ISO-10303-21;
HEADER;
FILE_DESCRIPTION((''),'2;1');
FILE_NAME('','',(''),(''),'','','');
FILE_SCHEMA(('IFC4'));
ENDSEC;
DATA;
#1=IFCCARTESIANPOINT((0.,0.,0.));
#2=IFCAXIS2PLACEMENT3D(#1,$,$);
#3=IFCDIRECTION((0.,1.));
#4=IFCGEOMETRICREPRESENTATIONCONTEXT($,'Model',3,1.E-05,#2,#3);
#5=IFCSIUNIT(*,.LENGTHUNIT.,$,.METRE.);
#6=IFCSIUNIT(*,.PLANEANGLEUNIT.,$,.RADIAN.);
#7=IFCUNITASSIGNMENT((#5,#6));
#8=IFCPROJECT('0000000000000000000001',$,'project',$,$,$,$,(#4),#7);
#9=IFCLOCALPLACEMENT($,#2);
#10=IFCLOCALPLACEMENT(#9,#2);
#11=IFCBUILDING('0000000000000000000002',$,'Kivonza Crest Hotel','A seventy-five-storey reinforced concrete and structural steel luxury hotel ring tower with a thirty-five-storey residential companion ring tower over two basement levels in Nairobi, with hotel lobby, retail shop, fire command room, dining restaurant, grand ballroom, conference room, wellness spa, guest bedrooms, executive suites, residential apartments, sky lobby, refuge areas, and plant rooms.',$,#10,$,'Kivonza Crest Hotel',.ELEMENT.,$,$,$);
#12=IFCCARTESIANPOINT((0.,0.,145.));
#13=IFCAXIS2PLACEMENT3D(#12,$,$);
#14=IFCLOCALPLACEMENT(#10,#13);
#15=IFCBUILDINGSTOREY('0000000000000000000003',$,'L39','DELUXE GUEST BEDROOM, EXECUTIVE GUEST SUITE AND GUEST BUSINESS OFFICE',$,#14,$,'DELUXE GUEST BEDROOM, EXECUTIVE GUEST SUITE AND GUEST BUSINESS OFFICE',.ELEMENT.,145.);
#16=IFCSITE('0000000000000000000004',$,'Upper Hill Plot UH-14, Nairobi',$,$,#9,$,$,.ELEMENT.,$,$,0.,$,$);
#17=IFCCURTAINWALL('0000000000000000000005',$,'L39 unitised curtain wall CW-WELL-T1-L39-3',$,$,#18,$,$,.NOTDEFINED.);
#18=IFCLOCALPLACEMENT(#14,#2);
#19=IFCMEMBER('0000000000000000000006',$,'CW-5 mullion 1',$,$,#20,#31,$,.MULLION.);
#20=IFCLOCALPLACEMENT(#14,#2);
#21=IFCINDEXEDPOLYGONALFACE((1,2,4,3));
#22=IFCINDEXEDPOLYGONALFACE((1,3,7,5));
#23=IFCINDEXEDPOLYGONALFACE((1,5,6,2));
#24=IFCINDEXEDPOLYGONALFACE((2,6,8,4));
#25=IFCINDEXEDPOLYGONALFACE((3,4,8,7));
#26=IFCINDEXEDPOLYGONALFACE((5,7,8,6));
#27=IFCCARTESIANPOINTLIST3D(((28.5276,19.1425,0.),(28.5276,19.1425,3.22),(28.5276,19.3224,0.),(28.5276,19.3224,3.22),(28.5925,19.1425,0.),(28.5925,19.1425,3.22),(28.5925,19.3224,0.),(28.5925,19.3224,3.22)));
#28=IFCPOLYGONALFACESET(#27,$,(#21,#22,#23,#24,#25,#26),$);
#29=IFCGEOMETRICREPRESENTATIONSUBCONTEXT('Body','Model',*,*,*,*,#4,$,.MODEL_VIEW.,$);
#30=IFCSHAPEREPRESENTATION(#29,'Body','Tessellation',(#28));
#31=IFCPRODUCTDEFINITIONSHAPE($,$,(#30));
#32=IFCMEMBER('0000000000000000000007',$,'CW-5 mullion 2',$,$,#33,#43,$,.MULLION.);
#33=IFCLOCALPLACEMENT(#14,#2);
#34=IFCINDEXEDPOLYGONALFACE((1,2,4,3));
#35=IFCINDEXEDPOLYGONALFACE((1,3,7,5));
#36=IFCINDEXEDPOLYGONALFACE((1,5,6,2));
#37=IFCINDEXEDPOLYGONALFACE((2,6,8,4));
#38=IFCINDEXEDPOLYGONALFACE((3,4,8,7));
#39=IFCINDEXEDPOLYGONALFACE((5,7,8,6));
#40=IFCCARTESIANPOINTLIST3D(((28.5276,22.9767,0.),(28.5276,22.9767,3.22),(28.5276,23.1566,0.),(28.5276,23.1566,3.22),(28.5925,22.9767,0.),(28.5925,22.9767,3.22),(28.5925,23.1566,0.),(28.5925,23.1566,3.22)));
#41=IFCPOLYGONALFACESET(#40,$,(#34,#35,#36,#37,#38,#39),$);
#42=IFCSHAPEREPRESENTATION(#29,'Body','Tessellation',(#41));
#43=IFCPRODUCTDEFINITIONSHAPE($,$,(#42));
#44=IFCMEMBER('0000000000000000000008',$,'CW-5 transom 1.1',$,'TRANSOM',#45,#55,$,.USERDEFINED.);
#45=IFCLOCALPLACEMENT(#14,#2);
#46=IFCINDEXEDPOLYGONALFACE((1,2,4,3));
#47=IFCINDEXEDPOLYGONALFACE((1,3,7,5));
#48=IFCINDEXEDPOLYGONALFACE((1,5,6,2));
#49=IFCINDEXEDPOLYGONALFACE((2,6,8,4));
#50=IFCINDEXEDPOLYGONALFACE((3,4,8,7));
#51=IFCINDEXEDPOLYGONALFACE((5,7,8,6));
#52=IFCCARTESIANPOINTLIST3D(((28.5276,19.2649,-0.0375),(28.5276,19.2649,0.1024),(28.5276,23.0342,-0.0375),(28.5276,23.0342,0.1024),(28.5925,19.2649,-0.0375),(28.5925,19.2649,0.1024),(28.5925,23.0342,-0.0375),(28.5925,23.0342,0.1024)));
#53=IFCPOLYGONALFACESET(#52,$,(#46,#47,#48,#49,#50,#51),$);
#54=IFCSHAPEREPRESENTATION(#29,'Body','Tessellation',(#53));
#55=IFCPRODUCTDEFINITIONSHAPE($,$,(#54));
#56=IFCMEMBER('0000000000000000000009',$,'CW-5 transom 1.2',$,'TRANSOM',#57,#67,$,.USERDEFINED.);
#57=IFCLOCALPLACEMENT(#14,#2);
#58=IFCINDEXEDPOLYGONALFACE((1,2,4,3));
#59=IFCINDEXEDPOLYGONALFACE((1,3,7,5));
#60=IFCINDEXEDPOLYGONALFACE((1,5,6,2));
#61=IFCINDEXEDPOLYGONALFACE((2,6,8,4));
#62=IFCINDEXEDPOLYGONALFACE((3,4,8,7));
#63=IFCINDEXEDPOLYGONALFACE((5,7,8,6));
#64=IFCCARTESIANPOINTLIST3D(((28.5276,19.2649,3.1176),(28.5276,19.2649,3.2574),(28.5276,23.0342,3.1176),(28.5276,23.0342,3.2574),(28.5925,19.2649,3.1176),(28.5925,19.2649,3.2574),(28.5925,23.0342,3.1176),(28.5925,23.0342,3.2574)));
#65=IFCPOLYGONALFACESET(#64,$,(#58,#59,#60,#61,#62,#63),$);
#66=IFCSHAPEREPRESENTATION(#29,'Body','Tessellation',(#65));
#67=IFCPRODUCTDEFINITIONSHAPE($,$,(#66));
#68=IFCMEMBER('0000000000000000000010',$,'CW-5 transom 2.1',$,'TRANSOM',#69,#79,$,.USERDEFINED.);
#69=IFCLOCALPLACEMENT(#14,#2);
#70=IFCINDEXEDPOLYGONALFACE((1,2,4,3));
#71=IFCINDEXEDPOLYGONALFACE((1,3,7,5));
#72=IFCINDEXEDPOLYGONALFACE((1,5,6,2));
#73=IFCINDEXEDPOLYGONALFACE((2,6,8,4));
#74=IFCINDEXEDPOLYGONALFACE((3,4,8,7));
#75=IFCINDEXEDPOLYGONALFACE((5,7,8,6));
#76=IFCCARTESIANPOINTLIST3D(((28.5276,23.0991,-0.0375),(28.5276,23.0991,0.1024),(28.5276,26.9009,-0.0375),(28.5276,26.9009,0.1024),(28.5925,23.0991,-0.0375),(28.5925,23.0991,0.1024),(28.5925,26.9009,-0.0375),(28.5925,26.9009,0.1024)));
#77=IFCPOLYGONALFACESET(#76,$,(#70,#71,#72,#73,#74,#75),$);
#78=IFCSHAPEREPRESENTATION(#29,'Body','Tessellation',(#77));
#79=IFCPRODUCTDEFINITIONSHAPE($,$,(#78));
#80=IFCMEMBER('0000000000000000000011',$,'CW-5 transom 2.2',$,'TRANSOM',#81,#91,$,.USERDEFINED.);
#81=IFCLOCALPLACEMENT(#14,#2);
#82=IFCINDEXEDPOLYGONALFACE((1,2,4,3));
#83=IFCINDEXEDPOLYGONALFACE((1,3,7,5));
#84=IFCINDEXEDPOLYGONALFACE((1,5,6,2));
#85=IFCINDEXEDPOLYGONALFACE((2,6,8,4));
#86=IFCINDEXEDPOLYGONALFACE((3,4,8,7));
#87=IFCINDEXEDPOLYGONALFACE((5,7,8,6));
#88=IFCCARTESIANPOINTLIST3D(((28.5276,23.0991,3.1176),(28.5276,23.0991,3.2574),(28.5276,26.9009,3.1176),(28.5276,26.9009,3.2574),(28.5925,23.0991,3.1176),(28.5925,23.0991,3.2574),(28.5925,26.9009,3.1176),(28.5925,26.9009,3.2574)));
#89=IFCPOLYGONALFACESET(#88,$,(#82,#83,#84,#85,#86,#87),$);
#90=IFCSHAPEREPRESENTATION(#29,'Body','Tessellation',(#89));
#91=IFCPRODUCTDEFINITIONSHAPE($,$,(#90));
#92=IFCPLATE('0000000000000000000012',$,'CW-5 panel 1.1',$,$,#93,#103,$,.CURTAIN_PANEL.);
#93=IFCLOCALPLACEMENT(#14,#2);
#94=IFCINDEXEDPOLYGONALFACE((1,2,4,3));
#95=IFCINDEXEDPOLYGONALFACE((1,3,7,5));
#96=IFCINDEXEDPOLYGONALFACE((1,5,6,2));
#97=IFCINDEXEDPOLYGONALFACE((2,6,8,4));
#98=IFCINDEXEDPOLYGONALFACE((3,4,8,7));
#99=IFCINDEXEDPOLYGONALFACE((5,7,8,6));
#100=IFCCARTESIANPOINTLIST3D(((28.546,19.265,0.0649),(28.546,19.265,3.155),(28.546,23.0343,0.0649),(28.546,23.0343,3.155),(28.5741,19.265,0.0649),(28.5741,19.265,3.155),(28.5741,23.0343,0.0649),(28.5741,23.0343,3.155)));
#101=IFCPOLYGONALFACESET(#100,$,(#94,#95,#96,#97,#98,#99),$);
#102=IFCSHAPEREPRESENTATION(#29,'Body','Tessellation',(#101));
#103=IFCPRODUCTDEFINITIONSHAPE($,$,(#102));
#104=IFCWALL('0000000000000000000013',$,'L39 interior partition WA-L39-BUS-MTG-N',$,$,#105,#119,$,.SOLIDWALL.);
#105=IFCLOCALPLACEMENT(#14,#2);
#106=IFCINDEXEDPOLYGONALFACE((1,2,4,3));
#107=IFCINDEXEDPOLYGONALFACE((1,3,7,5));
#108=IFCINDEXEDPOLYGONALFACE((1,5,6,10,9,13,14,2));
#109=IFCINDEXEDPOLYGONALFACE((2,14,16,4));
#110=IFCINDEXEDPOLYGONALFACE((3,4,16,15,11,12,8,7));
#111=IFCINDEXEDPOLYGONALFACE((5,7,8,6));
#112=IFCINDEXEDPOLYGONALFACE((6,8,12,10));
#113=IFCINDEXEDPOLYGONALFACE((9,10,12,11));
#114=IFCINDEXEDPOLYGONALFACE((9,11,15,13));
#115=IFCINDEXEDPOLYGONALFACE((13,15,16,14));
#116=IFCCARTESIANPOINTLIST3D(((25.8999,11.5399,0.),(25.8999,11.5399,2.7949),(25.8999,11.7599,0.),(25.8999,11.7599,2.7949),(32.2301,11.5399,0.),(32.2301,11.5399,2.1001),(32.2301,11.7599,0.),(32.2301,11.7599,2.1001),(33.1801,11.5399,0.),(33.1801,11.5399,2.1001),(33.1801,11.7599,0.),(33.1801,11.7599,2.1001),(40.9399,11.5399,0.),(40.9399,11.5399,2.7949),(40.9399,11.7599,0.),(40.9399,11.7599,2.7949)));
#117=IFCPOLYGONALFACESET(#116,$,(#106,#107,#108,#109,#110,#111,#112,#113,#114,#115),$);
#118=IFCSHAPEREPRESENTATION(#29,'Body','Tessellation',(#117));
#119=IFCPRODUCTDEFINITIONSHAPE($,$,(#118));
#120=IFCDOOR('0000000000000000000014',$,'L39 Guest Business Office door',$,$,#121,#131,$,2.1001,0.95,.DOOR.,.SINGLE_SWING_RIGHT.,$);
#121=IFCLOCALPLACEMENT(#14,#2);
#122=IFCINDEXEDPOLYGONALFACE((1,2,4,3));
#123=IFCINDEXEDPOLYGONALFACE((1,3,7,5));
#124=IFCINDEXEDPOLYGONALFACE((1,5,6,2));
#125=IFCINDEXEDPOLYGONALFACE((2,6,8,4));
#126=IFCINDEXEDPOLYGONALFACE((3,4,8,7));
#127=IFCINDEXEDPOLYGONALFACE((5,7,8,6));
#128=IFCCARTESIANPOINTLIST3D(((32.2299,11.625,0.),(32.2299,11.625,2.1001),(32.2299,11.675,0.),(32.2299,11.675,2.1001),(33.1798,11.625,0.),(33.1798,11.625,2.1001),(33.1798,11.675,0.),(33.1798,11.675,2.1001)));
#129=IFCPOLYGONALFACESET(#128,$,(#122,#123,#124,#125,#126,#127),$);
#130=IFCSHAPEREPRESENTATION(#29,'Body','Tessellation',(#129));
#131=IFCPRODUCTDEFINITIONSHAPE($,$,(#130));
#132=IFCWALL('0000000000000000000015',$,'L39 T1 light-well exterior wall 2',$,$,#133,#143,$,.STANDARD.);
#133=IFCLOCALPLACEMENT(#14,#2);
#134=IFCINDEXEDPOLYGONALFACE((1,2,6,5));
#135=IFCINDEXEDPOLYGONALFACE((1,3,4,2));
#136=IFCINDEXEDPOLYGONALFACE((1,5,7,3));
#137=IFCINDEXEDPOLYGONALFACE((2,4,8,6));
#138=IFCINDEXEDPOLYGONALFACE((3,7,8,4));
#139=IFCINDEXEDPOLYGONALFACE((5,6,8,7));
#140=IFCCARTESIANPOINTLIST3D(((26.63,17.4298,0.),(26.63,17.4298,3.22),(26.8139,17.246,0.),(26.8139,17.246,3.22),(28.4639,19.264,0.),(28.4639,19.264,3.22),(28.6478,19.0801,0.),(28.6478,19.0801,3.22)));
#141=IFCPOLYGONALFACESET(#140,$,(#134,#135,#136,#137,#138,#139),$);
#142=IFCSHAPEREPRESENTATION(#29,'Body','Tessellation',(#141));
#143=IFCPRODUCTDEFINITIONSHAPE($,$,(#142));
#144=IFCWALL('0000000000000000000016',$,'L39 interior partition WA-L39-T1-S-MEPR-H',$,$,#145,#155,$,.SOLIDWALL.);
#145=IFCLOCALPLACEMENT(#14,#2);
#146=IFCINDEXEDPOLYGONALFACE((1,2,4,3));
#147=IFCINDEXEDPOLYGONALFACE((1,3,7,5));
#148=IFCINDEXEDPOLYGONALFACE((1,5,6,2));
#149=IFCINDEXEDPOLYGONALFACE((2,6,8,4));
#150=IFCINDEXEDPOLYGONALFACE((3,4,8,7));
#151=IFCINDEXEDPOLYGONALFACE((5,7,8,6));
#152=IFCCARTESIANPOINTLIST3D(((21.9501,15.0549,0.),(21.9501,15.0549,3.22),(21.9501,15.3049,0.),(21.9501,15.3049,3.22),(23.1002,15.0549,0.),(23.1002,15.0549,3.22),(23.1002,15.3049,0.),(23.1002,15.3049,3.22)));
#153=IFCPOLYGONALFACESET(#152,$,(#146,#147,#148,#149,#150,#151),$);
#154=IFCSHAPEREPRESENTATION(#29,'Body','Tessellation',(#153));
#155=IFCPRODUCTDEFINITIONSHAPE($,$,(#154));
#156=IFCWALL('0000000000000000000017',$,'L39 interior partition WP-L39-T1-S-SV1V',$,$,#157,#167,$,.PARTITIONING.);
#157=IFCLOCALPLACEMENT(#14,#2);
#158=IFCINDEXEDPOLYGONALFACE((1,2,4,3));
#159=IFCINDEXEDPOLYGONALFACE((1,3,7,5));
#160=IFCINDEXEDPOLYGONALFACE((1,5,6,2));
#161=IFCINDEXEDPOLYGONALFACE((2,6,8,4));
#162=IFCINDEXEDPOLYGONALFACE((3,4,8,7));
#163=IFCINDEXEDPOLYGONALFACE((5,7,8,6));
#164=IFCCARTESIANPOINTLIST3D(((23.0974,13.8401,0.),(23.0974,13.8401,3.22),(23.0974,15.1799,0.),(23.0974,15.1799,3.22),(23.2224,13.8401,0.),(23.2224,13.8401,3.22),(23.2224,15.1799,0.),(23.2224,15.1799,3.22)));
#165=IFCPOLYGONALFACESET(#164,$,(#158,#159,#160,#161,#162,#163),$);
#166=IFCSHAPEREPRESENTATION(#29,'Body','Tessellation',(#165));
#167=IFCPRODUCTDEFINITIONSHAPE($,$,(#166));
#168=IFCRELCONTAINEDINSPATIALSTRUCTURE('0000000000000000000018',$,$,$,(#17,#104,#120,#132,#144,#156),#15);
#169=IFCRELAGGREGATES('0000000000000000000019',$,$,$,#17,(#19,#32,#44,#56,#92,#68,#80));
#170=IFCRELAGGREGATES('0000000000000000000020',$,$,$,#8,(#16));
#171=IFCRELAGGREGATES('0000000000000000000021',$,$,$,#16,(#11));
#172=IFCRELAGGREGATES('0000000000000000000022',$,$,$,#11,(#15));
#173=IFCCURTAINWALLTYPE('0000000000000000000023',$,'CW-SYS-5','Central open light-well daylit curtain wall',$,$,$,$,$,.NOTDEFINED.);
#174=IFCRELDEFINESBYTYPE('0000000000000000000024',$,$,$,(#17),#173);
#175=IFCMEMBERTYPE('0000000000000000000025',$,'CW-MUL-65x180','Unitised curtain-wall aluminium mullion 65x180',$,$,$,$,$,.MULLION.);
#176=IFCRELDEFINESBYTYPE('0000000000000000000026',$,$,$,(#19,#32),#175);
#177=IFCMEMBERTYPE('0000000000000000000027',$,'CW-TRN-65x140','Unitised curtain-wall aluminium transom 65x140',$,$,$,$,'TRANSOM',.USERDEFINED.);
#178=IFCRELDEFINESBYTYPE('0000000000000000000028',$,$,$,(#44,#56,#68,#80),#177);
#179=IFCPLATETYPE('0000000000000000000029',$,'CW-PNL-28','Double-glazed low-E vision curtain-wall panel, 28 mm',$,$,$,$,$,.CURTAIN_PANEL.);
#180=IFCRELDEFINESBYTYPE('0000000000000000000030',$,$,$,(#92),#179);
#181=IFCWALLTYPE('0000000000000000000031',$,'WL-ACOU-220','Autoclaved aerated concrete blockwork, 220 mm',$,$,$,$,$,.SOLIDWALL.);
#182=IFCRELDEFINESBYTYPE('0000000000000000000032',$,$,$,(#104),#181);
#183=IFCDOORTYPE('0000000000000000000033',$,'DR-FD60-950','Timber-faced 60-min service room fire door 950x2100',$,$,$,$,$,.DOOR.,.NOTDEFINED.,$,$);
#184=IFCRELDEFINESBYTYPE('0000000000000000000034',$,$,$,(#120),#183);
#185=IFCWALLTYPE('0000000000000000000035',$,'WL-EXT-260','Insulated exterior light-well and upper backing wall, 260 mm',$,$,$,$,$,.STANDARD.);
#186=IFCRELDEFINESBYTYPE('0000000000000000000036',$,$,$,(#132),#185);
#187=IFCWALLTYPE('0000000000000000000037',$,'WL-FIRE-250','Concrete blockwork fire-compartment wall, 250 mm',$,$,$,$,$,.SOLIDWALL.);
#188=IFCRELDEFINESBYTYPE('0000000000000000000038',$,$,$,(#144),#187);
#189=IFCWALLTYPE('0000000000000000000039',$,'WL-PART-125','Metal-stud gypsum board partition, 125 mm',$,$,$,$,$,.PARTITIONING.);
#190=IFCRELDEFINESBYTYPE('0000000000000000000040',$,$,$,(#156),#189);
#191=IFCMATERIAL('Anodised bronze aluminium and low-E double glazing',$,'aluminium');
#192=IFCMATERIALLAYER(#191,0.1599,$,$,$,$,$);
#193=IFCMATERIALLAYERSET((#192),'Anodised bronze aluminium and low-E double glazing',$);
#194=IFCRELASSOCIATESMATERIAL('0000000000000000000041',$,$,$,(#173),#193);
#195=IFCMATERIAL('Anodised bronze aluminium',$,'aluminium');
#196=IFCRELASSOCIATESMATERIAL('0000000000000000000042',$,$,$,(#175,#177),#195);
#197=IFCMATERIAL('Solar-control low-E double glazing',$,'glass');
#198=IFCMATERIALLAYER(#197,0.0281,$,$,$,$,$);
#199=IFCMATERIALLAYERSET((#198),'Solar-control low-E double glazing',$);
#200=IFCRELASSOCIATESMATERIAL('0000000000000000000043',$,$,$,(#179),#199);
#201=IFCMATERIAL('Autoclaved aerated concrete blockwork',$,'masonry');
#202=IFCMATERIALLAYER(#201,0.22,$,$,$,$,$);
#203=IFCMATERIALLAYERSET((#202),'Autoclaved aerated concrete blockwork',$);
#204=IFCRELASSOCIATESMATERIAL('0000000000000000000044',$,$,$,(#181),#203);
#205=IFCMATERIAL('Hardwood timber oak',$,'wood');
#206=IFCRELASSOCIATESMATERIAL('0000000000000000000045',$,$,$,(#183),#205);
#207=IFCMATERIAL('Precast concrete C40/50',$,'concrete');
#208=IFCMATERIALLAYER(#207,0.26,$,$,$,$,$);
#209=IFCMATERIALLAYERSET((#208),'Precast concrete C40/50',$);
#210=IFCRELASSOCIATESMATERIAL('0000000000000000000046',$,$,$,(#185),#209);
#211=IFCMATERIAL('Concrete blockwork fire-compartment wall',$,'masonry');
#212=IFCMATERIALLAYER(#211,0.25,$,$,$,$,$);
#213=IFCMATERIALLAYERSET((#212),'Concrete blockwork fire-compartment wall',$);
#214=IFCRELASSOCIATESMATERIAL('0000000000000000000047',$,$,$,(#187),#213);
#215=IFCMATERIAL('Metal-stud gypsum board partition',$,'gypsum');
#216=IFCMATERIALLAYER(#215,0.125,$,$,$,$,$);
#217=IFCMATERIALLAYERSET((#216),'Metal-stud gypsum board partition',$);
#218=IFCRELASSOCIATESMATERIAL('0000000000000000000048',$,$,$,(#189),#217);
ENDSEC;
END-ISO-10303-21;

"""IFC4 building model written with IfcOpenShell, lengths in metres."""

from ifc_helpers import new_model, si_unit, direction, frame, frame_2d, origin, origin_2d, place, context, subcontext, project, spatial, rectangle, extrude, material, layer, layer_set, material_profile, profile_set, type_object, element, fill, aggregate, save


model = new_model("IFC4")

# Units and contexts
model_context = context("Model", 3, precision=1e-05, world=origin(), true_north=direction((0.0, 1.0)))
body_context = subcontext(model_context, "Body", "Model", "MODEL_VIEW")
ifc_project = project(units=[si_unit("LENGTHUNIT", "METRE"), si_unit("PLANEANGLEUNIT", "RADIAN")], contexts=[model_context])

# Site, building, storey
site_placement = place(None, origin())
site = spatial("IfcSite", under=ifc_project, at=site_placement, Name="Upper Hill Plot UH-14, Nairobi", CompositionType="ELEMENT", RefElevation=0.0)
building_placement = place(site_placement, origin())
building = spatial("IfcBuilding", under=site, at=building_placement, Name="Kivonza Crest Hotel", Description="A seventy-five-storey reinforced concrete and structural steel luxury hotel ring tower with a thirty-five-storey residential companion ring tower over two basement levels in Nairobi, with hotel lobby, retail shop, fire command room, dining restaurant, grand ballroom, conference room, wellness spa, guest bedrooms, executive suites, residential apartments, sky lobby, refuge areas, and plant rooms.", LongName="Kivonza Crest Hotel", CompositionType="ELEMENT")
storey_placement = place(building_placement, frame((0.0, 0.0, 145.0)))
storey = spatial("IfcBuildingStorey", under=building, at=storey_placement, Name="L39", Description="DELUXE GUEST BEDROOM, EXECUTIVE GUEST SUITE AND GUEST BUSINESS OFFICE", LongName="DELUXE GUEST BEDROOM, EXECUTIVE GUEST SUITE AND GUEST BUSINESS OFFICE", CompositionType="ELEMENT", Elevation=145.0)

# Curtain wall, members, plate
ifc_material_1 = material(Name="Anodised bronze aluminium and low-E double glazing", Category="aluminium")
ifc_layer_1 = layer(ifc_material_1, 0.1599)
ifc_layer_set_1 = layer_set([ifc_layer_1], Name="Anodised bronze aluminium and low-E double glazing")
curtain_wall_type = type_object("IfcCurtainWallType", Name="CW-SYS-5", Description="Central open light-well daylit curtain wall", PredefinedType="NOTDEFINED", material=ifc_layer_set_1)
curtain_wall_placement = place(storey_placement, origin())
curtain_wall = element("IfcCurtainWall", 1, at=curtain_wall_placement, inside=storey, type_object=curtain_wall_type, Name="L39 unitised curtain wall CW-WELL-T1-L39-3", PredefinedType="NOTDEFINED")
ifc_material_2 = material(Name="Anodised bronze aluminium", Category="aluminium")
ifc_material_profile_1 = material_profile(ifc_material_2, rectangle(XDim=0.0649, YDim=0.1799, at=origin_2d()), Name="CW-M 65x180")
ifc_profile_set_1 = profile_set([ifc_material_profile_1], Name="Anodised bronze aluminium")
member_type_1 = type_object("IfcMemberType", Name="CW-MUL-65x180", Description="Unitised curtain-wall aluminium mullion 65x180", PredefinedType="MULLION", material=ifc_profile_set_1)
member_1_placement = place(storey_placement, frame((28.5601, 19.2324, 0.0), z_axis=(0.0, 0.0, 1.0), x_axis=(-1.0, 0.0, 0.0)))
member_1 = element("IfcMember", 2, at=member_1_placement, type_object=member_type_1, Name="CW-5 mullion 1", PredefinedType="MULLION", context=body_context, shape_type="SweptSolid", body=[
    extrude(rectangle(XDim=0.0649, YDim=0.1799, at=origin_2d()), origin(), (0.0, 0.0, 1.0), 3.22),
])
member_2_placement = place(storey_placement, frame((28.5601, 23.0667, 0.0), z_axis=(0.0, 0.0, 1.0), x_axis=(-1.0, 0.0, 0.0)))
member_2 = element("IfcMember", 3, at=member_2_placement, type_object=member_type_1, Name="CW-5 mullion 2", PredefinedType="MULLION", context=body_context, shape_type="SweptSolid", body=[
    extrude(rectangle(XDim=0.0649, YDim=0.1799, at=origin_2d()), origin(), (0.0, 0.0, 1.0), 3.22),
])
ifc_material_profile_2 = material_profile(ifc_material_2, rectangle(XDim=0.0649, YDim=0.1399, at=origin_2d()), Name="CW-T 65x140")
ifc_profile_set_2 = profile_set([ifc_material_profile_2], Name="Anodised bronze aluminium")
member_type_2 = type_object("IfcMemberType", Name="CW-TRN-65x140", Description="Unitised curtain-wall aluminium transom 65x140", ElementType="TRANSOM", PredefinedType="USERDEFINED", material=ifc_profile_set_2)
member_3_placement = place(storey_placement, frame((28.5601, 19.2649, 0.0325), z_axis=(0.0, 1.0, 0.0), x_axis=(-1.0, 0.0, 0.0)))
member_3 = element("IfcMember", 4, at=member_3_placement, type_object=member_type_2, Name="CW-5 transom 1.1", ObjectType="TRANSOM", PredefinedType="USERDEFINED", context=body_context, shape_type="SweptSolid", body=[
    extrude(rectangle(XDim=0.0649, YDim=0.1399, at=origin_2d()), origin(), (0.0, 0.0, 1.0), 3.7693),
])
member_4_placement = place(storey_placement, frame((28.5601, 19.2649, 3.1875), z_axis=(0.0, 1.0, 0.0), x_axis=(-1.0, 0.0, 0.0)))
member_4 = element("IfcMember", 5, at=member_4_placement, type_object=member_type_2, Name="CW-5 transom 1.2", ObjectType="TRANSOM", PredefinedType="USERDEFINED", context=body_context, shape_type="SweptSolid", body=[
    extrude(rectangle(XDim=0.0649, YDim=0.1399, at=origin_2d()), origin(), (0.0, 0.0, 1.0), 3.7693),
])
member_5_placement = place(storey_placement, frame((28.5601, 23.0991, 0.0325), z_axis=(0.0, 1.0, 0.0), x_axis=(-1.0, 0.0, 0.0)))
member_5 = element("IfcMember", 6, at=member_5_placement, type_object=member_type_2, Name="CW-5 transom 2.1", ObjectType="TRANSOM", PredefinedType="USERDEFINED", context=body_context, shape_type="SweptSolid", body=[
    extrude(rectangle(XDim=0.0649, YDim=0.1399, at=origin_2d()), origin(), (0.0, 0.0, 1.0), 3.8018),
])
member_6_placement = place(storey_placement, frame((28.5601, 23.0991, 3.1875), z_axis=(0.0, 1.0, 0.0), x_axis=(-1.0, 0.0, 0.0)))
member_6 = element("IfcMember", 7, at=member_6_placement, type_object=member_type_2, Name="CW-5 transom 2.2", ObjectType="TRANSOM", PredefinedType="USERDEFINED", context=body_context, shape_type="SweptSolid", body=[
    extrude(rectangle(XDim=0.0649, YDim=0.1399, at=origin_2d()), origin(), (0.0, 0.0, 1.0), 3.8018),
])
ifc_material_3 = material(Name="Solar-control low-E double glazing", Category="glass")
ifc_layer_2 = layer(ifc_material_3, 0.0281)
ifc_layer_set_2 = layer_set([ifc_layer_2], Name="Solar-control low-E double glazing")
plate_type = type_object("IfcPlateType", Name="CW-PNL-28", Description="Double-glazed low-E vision curtain-wall panel, 28 mm", PredefinedType="CURTAIN_PANEL", material=ifc_layer_set_2)
plate_placement = place(storey_placement, frame((28.5601, 21.1497, 0.0649), z_axis=(0.0, 0.0, 1.0), x_axis=(0.0, 1.0, 0.0)))
plate = element("IfcPlate", 8, at=plate_placement, type_object=plate_type, Name="CW-5 panel 1.1", PredefinedType="CURTAIN_PANEL", context=body_context, shape_type="SweptSolid", body=[
    extrude(rectangle(XDim=3.7693, YDim=0.0281, at=origin_2d()), origin(), (0.0, 0.0, 1.0), 3.0901),
])
aggregate(curtain_wall, [member_1, member_2, member_3, member_4, plate, member_5, member_6])

# Wall, opening, door
ifc_material_4 = material(Name="Autoclaved aerated concrete blockwork", Category="masonry")
ifc_layer_3 = layer(ifc_material_4, 0.22)
ifc_layer_set_3 = layer_set([ifc_layer_3], Name="Autoclaved aerated concrete blockwork")
wall_type_1 = type_object("IfcWallType", Name="WL-ACOU-220", Description="Autoclaved aerated concrete blockwork, 220 mm", PredefinedType="SOLIDWALL", material=ifc_layer_set_3)
wall_1_placement = place(storey_placement, frame((25.8999, 11.6499, 0.0), z_axis=(0.0, 0.0, 1.0), x_axis=(1.0, 0.0, 0.0)))
wall_1 = element("IfcWall", 9, at=wall_1_placement, inside=storey, type_object=wall_type_1, Name="L39 interior partition WA-L39-BUS-MTG-N", PredefinedType="SOLIDWALL", context=body_context, shape_type="SweptSolid", body=[
    extrude(rectangle(XDim=15.04, YDim=0.22, at=frame_2d((7.52, 0.0))), origin(), (0.0, 0.0, 1.0), 2.7949),
])
opening_1_placement = place(wall_1_placement, frame((6.3301, 0.0, 0.0)))
opening_1 = element("IfcOpeningElement", 10, at=opening_1_placement, cuts=wall_1, PredefinedType="OPENING", context=body_context, shape_type="SweptSolid", body=[
    extrude(rectangle(XDim=0.95, YDim=2.1001, at=frame_2d((0.4751, 1.05))), frame((0.0, 0.1201, 0.0), z_axis=(0.0, -1.0, 0.0), x_axis=(1.0, 0.0, 0.0)), (0.0, 0.0, 1.0), 0.24),
])
ifc_material_5 = material(Name="Hardwood timber oak", Category="wood")
door_type_1 = type_object("IfcDoorType", Name="DR-FD60-950", Description="Timber-faced 60-min service room fire door 950x2100", OperationType="NOTDEFINED", PredefinedType="DOOR", material=ifc_material_5)
door_1_placement = place(opening_1_placement, frame((0.95, 0.0, 0.0), z_axis=(0.0, 0.0, 1.0), x_axis=(-1.0, 0.0, 0.0)))
door_1 = element("IfcDoor", 11, at=door_1_placement, inside=storey, type_object=door_type_1, Name="L39 Guest Business Office door", OperationType="SINGLE_SWING_RIGHT", OverallHeight=2.1001, OverallWidth=0.95, PredefinedType="DOOR", context=body_context, shape_type="SweptSolid", body=[
    extrude(rectangle(XDim=0.95, YDim=2.1001, at=frame_2d((0.4751, 1.05))), frame((0.0, 0.0249, 0.0), z_axis=(0.0, -1.0, 0.0), x_axis=(1.0, 0.0, 0.0)), (0.0, 0.0, 1.0), 0.05),
])
fill(opening_1, door_1)

# Walls
ifc_material_6 = material(Name="Precast concrete C40/50", Category="concrete")
ifc_layer_4 = layer(ifc_material_6, 0.26)
ifc_layer_set_4 = layer_set([ifc_layer_4], Name="Precast concrete C40/50")
wall_type_2 = type_object("IfcWallType", Name="WL-EXT-260", Description="Insulated exterior light-well and upper backing wall, 260 mm", PredefinedType="STANDARD", material=ifc_layer_set_4)
wall_2_placement = place(storey_placement, frame((26.7219, 17.3379, 0.0), z_axis=(0.0, 0.0, 1.0), x_axis=(0.70706, 0.707154, 0.0)))
element("IfcWall", 12, at=wall_2_placement, inside=storey, type_object=wall_type_2, Name="L39 T1 light-well exterior wall 2", PredefinedType="STANDARD", context=body_context, shape_type="SweptSolid", body=[
    extrude(rectangle(XDim=2.5938, YDim=0.26, at=frame_2d((1.2969, 0.0))), origin(), (0.0, 0.0, 1.0), 3.22),
])
ifc_material_7 = material(Name="Concrete blockwork fire-compartment wall", Category="masonry")
ifc_layer_5 = layer(ifc_material_7, 0.25)
ifc_layer_set_5 = layer_set([ifc_layer_5], Name="Concrete blockwork fire-compartment wall")
wall_type_3 = type_object("IfcWallType", Name="WL-FIRE-250", Description="Concrete blockwork fire-compartment wall, 250 mm", PredefinedType="SOLIDWALL", material=ifc_layer_set_5)
wall_3_placement = place(storey_placement, frame((21.95, 15.1799, 0.0), z_axis=(0.0, 0.0, 1.0), x_axis=(1.0, 0.0, 0.0)))
element("IfcWall", 13, at=wall_3_placement, inside=storey, type_object=wall_type_3, Name="L39 interior partition WA-L39-T1-S-MEPR-H", PredefinedType="SOLIDWALL", context=body_context, shape_type="SweptSolid", body=[
    extrude(rectangle(XDim=1.1501, YDim=0.25, at=frame_2d((0.5752, 0.0))), origin(), (0.0, 0.0, 1.0), 3.22),
])
ifc_material_8 = material(Name="Metal-stud gypsum board partition", Category="gypsum")
ifc_layer_6 = layer(ifc_material_8, 0.125)
ifc_layer_set_6 = layer_set([ifc_layer_6], Name="Metal-stud gypsum board partition")
wall_type_4 = type_object("IfcWallType", Name="WL-PART-125", Description="Metal-stud gypsum board partition, 125 mm", PredefinedType="PARTITIONING", material=ifc_layer_set_6)
wall_4_placement = place(storey_placement, frame((23.1599, 13.8401, 0.0), z_axis=(0.0, 0.0, 1.0), x_axis=(0.0, 1.0, 0.0)))
element("IfcWall", 14, at=wall_4_placement, inside=storey, type_object=wall_type_4, Name="L39 interior partition WP-L39-T1-S-SV1V", PredefinedType="PARTITIONING", context=body_context, shape_type="SweptSolid", body=[
    extrude(rectangle(XDim=1.3398, YDim=0.125, at=frame_2d((0.6699, 0.0))), origin(), (0.0, 0.0, 1.0), 3.22),
])

save(model, "model.ifc")
